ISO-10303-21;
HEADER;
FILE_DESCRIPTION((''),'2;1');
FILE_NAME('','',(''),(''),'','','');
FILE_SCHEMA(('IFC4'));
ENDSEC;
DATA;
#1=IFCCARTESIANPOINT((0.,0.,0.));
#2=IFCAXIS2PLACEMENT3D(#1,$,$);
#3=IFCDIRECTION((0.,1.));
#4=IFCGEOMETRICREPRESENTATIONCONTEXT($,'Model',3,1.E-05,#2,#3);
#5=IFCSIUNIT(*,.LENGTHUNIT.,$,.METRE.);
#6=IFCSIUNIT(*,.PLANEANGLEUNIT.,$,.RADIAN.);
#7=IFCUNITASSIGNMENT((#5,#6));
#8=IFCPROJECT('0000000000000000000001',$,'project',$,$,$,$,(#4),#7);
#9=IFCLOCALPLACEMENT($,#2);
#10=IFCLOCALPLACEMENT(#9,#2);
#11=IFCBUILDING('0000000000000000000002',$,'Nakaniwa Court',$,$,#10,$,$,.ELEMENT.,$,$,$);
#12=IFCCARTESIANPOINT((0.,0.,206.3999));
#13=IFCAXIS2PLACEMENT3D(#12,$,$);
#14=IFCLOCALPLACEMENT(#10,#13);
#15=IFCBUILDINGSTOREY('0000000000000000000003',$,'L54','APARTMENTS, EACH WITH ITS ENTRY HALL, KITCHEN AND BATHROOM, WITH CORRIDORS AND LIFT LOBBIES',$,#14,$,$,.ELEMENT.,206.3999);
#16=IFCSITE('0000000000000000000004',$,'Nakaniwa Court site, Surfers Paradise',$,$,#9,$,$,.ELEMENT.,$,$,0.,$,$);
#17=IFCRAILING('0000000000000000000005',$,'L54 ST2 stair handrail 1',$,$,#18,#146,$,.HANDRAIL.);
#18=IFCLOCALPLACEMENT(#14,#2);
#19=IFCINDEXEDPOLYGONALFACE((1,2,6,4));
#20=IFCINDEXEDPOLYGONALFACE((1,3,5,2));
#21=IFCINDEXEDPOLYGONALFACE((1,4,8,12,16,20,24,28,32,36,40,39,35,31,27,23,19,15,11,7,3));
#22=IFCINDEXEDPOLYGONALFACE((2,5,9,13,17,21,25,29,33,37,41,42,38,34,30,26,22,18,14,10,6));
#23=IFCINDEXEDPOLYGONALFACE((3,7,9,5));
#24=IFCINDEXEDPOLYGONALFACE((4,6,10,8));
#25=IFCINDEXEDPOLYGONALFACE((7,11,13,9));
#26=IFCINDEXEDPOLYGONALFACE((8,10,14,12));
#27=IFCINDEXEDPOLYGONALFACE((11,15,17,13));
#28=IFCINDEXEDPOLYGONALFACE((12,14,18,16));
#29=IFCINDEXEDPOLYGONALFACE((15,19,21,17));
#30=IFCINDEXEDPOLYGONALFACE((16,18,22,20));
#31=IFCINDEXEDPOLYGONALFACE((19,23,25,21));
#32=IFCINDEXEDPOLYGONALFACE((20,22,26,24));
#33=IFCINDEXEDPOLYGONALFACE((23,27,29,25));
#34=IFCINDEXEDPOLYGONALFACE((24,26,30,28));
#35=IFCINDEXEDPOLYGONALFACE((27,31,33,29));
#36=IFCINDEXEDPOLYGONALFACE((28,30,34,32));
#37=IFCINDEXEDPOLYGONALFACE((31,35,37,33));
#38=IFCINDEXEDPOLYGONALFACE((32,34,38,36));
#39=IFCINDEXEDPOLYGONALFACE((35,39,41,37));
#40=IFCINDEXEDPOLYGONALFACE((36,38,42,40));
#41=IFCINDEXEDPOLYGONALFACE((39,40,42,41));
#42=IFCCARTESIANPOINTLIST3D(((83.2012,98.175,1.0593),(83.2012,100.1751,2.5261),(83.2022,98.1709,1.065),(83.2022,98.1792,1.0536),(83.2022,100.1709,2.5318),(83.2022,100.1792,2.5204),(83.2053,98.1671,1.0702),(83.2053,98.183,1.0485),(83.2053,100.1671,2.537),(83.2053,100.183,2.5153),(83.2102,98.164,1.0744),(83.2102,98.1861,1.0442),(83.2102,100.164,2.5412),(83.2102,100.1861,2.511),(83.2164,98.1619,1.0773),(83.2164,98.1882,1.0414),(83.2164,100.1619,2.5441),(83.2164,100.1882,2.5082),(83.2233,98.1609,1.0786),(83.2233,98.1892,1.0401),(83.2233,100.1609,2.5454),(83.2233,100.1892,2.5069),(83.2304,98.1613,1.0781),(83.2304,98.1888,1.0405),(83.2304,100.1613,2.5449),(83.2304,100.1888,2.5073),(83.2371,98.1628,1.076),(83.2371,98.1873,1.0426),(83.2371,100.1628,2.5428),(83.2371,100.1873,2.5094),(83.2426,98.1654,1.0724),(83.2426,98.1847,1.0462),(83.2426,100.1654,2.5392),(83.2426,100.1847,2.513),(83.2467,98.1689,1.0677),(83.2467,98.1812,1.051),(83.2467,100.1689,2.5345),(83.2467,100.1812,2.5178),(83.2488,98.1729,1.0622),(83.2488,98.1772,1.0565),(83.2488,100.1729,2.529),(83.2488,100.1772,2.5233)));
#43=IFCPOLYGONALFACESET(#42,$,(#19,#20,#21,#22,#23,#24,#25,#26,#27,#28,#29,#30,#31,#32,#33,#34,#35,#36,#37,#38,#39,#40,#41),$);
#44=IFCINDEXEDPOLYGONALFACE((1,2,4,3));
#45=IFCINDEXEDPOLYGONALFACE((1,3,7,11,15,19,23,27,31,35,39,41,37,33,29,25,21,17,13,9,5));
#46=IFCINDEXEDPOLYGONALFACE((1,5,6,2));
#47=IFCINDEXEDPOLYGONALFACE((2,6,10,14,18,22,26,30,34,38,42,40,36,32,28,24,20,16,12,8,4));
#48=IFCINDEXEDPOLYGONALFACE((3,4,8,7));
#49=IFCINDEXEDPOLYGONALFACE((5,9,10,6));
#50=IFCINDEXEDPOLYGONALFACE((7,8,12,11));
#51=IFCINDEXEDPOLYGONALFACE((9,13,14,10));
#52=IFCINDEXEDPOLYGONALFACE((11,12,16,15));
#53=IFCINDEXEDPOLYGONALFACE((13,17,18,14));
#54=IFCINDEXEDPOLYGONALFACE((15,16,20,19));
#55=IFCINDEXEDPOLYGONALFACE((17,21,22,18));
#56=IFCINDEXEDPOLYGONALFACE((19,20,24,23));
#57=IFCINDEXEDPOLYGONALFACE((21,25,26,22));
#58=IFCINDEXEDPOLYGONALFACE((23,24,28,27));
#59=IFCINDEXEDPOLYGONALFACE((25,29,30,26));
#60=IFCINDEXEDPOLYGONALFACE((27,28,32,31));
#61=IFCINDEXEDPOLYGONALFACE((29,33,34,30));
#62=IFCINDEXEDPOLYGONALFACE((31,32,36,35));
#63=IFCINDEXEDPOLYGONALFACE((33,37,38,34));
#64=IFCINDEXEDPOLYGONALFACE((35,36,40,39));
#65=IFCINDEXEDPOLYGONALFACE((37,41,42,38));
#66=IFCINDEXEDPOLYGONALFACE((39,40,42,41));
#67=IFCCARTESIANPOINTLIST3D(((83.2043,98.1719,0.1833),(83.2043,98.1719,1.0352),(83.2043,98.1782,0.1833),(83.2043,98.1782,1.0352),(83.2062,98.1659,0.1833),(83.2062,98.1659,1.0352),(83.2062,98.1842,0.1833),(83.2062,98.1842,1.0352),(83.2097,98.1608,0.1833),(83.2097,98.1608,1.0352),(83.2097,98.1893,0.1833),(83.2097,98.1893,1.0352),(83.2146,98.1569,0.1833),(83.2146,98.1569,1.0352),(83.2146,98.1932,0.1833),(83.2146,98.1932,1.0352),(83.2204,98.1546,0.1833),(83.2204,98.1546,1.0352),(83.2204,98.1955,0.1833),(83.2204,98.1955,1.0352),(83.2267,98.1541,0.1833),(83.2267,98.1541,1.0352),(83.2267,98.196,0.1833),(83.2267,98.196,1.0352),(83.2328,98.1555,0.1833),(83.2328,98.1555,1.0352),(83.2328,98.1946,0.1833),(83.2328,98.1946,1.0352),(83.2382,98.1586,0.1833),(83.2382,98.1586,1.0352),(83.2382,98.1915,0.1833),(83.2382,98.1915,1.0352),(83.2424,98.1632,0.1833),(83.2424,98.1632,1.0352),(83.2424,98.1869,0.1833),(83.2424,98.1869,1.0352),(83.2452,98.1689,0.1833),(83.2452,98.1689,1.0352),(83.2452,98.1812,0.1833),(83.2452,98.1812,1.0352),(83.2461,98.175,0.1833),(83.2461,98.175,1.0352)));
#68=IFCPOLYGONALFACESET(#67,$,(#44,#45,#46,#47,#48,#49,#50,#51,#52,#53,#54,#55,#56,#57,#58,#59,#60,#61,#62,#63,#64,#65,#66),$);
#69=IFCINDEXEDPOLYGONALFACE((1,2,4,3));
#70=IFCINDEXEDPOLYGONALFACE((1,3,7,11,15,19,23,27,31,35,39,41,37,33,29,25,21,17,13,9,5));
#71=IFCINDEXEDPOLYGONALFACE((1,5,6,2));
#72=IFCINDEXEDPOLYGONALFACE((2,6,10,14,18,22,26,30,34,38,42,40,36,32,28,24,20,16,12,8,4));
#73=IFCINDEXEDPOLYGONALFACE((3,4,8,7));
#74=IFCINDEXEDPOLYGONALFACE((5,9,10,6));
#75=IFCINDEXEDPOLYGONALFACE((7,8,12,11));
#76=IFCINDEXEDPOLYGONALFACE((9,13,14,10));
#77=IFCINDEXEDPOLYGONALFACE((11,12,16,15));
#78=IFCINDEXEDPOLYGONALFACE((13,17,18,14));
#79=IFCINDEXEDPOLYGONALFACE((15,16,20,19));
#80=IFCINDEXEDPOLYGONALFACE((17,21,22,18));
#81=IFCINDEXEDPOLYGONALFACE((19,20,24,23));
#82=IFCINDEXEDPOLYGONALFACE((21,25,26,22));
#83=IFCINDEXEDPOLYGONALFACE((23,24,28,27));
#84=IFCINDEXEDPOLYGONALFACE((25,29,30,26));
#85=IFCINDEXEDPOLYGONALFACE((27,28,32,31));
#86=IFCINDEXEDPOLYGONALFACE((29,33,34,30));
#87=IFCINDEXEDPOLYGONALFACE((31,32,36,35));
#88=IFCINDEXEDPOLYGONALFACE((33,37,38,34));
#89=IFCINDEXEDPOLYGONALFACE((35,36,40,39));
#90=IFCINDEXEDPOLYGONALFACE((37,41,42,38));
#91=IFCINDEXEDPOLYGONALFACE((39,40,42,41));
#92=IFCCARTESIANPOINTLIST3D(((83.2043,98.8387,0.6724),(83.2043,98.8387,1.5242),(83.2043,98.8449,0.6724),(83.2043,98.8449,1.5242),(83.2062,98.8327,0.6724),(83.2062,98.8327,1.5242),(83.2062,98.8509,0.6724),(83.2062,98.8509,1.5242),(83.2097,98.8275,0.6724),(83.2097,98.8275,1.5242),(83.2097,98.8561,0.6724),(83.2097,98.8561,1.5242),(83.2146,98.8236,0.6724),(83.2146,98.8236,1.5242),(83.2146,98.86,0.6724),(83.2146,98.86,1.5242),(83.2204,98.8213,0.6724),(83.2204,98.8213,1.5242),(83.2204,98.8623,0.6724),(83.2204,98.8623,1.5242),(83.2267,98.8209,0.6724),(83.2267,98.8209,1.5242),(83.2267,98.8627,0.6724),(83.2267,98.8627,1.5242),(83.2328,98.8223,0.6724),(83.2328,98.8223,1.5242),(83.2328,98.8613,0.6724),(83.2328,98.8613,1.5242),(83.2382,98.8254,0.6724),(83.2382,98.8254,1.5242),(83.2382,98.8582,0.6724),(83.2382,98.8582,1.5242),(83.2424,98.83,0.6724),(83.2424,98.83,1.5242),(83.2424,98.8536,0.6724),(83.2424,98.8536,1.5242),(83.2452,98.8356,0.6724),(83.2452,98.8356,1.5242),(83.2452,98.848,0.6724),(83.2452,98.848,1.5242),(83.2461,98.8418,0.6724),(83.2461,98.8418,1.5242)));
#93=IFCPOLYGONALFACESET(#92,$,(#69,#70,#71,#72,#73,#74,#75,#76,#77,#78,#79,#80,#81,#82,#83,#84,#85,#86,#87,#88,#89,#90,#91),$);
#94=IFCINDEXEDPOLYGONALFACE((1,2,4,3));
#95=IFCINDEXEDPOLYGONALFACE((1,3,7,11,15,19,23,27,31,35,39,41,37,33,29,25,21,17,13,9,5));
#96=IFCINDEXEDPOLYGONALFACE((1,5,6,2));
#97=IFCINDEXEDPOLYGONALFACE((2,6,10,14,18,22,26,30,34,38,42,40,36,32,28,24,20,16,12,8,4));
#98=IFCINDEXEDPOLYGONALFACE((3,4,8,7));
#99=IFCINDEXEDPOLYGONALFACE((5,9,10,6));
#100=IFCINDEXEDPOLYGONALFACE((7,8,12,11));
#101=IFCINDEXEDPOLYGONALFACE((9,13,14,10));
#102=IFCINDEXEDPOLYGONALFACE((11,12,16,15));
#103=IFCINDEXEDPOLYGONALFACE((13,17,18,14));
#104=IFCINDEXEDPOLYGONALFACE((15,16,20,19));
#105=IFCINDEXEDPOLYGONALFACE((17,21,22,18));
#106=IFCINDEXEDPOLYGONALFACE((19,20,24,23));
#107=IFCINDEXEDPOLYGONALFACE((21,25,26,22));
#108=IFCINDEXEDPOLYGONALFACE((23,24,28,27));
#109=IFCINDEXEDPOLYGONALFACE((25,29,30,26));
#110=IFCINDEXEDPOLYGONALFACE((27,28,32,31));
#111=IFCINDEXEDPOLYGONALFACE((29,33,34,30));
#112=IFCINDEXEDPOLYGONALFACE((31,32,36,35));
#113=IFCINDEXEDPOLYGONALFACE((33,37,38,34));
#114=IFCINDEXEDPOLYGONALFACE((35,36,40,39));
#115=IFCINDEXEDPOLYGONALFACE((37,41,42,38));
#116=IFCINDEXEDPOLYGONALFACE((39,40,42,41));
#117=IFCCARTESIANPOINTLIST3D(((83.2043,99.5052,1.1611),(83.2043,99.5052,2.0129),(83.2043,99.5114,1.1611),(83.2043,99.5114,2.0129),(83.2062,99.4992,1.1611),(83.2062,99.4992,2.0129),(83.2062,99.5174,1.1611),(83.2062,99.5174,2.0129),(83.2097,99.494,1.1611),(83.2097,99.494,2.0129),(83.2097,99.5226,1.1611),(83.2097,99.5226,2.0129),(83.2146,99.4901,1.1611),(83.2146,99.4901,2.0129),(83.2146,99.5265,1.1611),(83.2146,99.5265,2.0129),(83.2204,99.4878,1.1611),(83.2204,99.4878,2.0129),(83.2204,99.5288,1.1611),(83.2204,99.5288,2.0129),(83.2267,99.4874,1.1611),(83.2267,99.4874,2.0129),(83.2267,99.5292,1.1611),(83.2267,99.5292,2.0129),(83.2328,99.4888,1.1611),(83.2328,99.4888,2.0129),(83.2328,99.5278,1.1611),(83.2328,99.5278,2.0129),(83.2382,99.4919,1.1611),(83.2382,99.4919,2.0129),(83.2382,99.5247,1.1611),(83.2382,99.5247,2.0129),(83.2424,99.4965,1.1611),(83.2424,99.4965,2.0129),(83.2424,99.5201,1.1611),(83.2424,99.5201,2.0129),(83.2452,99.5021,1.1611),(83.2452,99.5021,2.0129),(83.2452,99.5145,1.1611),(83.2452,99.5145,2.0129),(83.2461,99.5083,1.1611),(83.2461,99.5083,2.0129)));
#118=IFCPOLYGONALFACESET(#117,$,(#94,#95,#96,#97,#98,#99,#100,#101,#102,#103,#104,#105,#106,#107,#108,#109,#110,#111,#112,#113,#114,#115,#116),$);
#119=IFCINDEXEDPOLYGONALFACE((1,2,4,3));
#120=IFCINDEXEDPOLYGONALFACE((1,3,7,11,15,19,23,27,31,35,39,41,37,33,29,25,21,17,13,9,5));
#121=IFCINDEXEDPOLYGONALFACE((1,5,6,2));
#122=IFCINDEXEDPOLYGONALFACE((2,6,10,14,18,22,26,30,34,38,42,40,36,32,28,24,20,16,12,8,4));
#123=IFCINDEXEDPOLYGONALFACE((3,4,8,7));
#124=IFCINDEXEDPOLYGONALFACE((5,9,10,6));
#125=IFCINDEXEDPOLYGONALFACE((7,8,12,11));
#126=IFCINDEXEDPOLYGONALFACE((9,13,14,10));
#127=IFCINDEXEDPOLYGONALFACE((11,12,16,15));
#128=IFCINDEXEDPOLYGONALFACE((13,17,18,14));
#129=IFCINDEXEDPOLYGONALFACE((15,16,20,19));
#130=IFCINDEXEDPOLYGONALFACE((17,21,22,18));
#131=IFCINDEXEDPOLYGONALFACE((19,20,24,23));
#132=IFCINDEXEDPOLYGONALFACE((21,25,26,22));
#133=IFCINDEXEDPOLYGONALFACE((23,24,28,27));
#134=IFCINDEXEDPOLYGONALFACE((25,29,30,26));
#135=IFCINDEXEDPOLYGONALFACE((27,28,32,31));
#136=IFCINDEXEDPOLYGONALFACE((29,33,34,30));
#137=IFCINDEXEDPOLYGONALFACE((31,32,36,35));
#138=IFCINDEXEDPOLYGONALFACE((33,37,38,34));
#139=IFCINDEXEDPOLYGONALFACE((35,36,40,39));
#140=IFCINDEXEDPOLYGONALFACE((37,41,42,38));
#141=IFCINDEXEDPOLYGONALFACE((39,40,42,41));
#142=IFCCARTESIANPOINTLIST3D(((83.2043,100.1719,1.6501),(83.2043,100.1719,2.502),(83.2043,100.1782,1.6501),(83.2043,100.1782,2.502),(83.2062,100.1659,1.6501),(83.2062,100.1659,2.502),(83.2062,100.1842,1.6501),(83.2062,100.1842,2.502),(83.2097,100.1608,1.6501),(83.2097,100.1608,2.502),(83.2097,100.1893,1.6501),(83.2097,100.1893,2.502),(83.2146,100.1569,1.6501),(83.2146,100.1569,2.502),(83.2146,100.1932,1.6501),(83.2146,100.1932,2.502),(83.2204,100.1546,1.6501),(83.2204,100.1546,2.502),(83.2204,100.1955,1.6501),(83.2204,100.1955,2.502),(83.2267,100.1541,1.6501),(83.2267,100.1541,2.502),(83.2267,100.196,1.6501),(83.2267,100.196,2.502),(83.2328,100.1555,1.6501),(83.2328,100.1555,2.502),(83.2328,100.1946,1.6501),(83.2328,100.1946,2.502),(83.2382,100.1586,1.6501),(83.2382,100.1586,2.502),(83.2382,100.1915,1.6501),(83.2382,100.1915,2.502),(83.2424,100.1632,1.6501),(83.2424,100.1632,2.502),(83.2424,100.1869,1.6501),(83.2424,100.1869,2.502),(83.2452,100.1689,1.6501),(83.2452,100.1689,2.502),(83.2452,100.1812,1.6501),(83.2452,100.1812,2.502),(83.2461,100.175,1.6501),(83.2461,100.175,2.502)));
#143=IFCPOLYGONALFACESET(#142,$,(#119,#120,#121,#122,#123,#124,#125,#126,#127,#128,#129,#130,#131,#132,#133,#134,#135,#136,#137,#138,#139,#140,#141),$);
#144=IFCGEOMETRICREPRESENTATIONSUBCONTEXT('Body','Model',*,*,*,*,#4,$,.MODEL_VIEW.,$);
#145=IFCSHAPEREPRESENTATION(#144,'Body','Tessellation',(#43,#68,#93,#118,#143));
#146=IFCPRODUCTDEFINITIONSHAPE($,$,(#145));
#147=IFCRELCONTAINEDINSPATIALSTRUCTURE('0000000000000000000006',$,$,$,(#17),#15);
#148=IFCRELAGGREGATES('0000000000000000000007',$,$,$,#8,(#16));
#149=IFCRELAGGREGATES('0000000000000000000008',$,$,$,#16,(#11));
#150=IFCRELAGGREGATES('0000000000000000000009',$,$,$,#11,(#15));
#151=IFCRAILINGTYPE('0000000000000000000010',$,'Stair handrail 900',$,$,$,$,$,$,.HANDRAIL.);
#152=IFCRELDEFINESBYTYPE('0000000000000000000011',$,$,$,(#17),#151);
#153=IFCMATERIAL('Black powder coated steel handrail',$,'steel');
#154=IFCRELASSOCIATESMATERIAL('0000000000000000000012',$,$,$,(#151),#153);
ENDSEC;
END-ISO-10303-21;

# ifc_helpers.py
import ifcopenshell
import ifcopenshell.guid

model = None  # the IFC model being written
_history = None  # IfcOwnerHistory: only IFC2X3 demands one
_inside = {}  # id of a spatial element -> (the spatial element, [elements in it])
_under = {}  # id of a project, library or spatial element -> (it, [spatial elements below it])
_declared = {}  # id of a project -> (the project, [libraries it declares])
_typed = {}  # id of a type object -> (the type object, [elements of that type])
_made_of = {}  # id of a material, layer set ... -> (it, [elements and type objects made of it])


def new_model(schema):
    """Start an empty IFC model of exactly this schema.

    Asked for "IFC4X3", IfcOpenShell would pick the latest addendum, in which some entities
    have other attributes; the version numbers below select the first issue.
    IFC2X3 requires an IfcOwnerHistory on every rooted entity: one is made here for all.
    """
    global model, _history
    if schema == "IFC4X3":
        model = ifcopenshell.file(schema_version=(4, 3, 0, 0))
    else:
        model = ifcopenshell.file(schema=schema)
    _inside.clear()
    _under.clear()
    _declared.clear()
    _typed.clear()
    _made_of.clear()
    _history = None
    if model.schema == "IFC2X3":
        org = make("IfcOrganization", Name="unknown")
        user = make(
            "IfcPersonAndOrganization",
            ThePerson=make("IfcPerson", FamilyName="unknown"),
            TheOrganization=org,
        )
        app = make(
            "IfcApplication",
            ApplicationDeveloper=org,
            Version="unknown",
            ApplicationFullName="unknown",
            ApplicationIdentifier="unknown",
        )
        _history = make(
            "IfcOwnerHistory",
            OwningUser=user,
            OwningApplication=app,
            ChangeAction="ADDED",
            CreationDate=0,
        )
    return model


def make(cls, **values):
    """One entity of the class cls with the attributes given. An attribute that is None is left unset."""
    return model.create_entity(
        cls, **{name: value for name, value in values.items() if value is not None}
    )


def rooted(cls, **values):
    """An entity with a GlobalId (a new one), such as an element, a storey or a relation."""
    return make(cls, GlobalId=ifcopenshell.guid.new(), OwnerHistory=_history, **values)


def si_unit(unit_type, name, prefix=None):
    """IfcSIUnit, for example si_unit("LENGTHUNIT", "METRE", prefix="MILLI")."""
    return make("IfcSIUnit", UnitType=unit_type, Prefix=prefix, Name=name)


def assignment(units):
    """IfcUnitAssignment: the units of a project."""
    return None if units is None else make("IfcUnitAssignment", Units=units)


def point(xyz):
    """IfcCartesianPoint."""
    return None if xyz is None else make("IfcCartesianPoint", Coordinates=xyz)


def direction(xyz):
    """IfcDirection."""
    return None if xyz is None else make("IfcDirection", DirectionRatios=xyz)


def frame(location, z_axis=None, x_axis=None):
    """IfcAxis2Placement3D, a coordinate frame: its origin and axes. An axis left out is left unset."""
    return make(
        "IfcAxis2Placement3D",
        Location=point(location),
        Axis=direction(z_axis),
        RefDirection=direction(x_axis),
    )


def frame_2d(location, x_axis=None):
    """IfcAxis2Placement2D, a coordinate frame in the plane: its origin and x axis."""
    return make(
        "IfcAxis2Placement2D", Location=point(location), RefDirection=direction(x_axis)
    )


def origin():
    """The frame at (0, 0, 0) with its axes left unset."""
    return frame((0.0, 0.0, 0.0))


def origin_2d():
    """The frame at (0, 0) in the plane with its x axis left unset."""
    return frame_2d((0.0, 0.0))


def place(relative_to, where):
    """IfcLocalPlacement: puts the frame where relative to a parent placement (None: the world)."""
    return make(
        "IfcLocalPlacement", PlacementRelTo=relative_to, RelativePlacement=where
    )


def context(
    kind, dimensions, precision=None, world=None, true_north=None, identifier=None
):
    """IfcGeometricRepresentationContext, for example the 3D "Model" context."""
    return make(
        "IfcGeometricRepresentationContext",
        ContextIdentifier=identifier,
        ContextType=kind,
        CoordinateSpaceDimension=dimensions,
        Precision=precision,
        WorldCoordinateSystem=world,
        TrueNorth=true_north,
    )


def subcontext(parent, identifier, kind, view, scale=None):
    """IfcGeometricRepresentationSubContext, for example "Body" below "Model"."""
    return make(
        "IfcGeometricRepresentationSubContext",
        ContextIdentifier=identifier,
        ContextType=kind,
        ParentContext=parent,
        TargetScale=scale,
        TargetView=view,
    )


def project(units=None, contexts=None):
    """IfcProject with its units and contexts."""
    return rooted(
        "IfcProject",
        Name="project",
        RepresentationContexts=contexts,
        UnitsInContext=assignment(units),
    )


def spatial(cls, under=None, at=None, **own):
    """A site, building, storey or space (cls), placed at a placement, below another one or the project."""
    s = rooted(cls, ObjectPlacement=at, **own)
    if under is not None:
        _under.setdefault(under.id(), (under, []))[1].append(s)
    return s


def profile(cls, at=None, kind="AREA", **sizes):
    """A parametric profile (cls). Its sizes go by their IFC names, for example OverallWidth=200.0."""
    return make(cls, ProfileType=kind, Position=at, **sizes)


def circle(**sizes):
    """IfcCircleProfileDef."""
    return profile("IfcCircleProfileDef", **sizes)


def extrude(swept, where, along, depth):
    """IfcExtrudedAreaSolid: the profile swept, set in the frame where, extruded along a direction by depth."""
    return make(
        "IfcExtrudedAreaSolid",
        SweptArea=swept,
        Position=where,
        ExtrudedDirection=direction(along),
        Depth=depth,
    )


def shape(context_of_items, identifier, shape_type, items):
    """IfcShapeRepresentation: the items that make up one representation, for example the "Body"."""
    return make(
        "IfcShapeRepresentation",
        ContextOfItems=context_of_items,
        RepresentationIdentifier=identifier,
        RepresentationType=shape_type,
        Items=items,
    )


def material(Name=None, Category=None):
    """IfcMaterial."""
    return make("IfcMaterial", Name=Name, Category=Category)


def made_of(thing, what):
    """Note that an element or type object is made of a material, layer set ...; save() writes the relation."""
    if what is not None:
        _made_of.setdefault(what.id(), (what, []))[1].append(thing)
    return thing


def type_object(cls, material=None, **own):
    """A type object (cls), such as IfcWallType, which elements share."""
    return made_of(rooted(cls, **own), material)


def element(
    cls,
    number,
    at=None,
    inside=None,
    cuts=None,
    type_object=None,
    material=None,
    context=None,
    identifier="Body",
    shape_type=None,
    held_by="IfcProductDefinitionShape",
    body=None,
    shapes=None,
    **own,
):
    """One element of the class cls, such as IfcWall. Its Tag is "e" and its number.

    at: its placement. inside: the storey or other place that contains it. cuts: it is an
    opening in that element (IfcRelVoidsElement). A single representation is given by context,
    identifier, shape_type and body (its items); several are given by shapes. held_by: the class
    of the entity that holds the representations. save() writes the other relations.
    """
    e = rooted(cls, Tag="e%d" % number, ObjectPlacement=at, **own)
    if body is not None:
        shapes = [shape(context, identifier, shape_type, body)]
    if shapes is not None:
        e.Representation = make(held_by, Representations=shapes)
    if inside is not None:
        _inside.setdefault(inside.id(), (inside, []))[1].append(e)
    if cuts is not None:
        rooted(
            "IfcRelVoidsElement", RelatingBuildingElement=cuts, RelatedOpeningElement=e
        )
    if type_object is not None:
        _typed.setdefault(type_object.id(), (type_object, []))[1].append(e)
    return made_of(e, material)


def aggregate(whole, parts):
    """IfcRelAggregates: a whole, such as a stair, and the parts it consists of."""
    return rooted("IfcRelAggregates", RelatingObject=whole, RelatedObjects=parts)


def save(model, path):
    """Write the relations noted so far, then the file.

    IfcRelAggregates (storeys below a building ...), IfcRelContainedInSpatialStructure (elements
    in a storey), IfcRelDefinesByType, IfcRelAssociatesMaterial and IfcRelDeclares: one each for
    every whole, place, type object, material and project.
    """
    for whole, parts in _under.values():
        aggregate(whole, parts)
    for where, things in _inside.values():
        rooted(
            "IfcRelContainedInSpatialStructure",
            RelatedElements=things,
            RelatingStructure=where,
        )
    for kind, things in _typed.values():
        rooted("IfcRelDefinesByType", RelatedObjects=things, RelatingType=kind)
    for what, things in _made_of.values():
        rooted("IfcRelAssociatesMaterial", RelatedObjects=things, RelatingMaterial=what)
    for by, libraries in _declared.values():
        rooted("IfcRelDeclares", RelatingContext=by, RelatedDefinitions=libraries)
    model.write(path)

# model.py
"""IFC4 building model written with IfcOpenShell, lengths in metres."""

from ifc_helpers import new_model, si_unit, direction, frame, origin, origin_2d, place, context, subcontext, project, spatial, circle, extrude, material, type_object, element, save


model = new_model("IFC4")

# Units and contexts
model_context = context("Model", 3, precision=1e-05, world=origin(), true_north=direction((0.0, 1.0)))
body_context = subcontext(model_context, "Body", "Model", "MODEL_VIEW")
ifc_project = project(units=[si_unit("LENGTHUNIT", "METRE"), si_unit("PLANEANGLEUNIT", "RADIAN")], contexts=[model_context])

# Site, building, storey
site_placement = place(None, origin())
site = spatial("IfcSite", under=ifc_project, at=site_placement, Name="Nakaniwa Court site, Surfers Paradise", CompositionType="ELEMENT", RefElevation=0.0)
building_placement = place(site_placement, origin())
building = spatial("IfcBuilding", under=site, at=building_placement, Name="Nakaniwa Court", CompositionType="ELEMENT")
storey_placement = place(building_placement, frame((0.0, 0.0, 206.3999)))
storey = spatial("IfcBuildingStorey", under=building, at=storey_placement, Name="L54", Description="APARTMENTS, EACH WITH ITS ENTRY HALL, KITCHEN AND BATHROOM, WITH CORRIDORS AND LIFT LOBBIES", CompositionType="ELEMENT", Elevation=206.3999)

# Railing
ifc_material_1 = material(Name="Black powder coated steel handrail", Category="steel")
railing_type_1 = type_object("IfcRailingType", Name="Stair handrail 900", PredefinedType="HANDRAIL", material=ifc_material_1)
railing_1_placement = place(storey_placement, frame((83.2251, 98.175, 0.1833)))
element("IfcRailing", 1, at=railing_1_placement, inside=storey, type_object=railing_type_1, Name="L54 ST2 stair handrail 1", PredefinedType="HANDRAIL", context=body_context, shape_type="SweptSolid", body=[
    extrude(circle(Radius=0.0239, at=origin_2d()), frame((0.0, 0.0, 0.876), z_axis=(0.0, 0.80638, 0.591398), x_axis=(-1.0, 0.0, 0.0)), (0.0, 0.0, 1.0), 2.4802),
    extrude(circle(Radius=0.021, at=origin_2d()), origin(), (0.0, 0.0, 1.0), 0.8518),
    extrude(circle(Radius=0.021, at=origin_2d()), frame((0.0, 0.6667, 0.489)), (0.0, 0.0, 1.0), 0.8518),
    extrude(circle(Radius=0.021, at=origin_2d()), frame((0.0, 1.3333, 0.9778)), (0.0, 0.0, 1.0), 0.8518),
    extrude(circle(Radius=0.021, at=origin_2d()), frame((0.0, 2.0, 1.4668)), (0.0, 0.0, 1.0), 0.8518),
])

save(model, "model.ifc")
